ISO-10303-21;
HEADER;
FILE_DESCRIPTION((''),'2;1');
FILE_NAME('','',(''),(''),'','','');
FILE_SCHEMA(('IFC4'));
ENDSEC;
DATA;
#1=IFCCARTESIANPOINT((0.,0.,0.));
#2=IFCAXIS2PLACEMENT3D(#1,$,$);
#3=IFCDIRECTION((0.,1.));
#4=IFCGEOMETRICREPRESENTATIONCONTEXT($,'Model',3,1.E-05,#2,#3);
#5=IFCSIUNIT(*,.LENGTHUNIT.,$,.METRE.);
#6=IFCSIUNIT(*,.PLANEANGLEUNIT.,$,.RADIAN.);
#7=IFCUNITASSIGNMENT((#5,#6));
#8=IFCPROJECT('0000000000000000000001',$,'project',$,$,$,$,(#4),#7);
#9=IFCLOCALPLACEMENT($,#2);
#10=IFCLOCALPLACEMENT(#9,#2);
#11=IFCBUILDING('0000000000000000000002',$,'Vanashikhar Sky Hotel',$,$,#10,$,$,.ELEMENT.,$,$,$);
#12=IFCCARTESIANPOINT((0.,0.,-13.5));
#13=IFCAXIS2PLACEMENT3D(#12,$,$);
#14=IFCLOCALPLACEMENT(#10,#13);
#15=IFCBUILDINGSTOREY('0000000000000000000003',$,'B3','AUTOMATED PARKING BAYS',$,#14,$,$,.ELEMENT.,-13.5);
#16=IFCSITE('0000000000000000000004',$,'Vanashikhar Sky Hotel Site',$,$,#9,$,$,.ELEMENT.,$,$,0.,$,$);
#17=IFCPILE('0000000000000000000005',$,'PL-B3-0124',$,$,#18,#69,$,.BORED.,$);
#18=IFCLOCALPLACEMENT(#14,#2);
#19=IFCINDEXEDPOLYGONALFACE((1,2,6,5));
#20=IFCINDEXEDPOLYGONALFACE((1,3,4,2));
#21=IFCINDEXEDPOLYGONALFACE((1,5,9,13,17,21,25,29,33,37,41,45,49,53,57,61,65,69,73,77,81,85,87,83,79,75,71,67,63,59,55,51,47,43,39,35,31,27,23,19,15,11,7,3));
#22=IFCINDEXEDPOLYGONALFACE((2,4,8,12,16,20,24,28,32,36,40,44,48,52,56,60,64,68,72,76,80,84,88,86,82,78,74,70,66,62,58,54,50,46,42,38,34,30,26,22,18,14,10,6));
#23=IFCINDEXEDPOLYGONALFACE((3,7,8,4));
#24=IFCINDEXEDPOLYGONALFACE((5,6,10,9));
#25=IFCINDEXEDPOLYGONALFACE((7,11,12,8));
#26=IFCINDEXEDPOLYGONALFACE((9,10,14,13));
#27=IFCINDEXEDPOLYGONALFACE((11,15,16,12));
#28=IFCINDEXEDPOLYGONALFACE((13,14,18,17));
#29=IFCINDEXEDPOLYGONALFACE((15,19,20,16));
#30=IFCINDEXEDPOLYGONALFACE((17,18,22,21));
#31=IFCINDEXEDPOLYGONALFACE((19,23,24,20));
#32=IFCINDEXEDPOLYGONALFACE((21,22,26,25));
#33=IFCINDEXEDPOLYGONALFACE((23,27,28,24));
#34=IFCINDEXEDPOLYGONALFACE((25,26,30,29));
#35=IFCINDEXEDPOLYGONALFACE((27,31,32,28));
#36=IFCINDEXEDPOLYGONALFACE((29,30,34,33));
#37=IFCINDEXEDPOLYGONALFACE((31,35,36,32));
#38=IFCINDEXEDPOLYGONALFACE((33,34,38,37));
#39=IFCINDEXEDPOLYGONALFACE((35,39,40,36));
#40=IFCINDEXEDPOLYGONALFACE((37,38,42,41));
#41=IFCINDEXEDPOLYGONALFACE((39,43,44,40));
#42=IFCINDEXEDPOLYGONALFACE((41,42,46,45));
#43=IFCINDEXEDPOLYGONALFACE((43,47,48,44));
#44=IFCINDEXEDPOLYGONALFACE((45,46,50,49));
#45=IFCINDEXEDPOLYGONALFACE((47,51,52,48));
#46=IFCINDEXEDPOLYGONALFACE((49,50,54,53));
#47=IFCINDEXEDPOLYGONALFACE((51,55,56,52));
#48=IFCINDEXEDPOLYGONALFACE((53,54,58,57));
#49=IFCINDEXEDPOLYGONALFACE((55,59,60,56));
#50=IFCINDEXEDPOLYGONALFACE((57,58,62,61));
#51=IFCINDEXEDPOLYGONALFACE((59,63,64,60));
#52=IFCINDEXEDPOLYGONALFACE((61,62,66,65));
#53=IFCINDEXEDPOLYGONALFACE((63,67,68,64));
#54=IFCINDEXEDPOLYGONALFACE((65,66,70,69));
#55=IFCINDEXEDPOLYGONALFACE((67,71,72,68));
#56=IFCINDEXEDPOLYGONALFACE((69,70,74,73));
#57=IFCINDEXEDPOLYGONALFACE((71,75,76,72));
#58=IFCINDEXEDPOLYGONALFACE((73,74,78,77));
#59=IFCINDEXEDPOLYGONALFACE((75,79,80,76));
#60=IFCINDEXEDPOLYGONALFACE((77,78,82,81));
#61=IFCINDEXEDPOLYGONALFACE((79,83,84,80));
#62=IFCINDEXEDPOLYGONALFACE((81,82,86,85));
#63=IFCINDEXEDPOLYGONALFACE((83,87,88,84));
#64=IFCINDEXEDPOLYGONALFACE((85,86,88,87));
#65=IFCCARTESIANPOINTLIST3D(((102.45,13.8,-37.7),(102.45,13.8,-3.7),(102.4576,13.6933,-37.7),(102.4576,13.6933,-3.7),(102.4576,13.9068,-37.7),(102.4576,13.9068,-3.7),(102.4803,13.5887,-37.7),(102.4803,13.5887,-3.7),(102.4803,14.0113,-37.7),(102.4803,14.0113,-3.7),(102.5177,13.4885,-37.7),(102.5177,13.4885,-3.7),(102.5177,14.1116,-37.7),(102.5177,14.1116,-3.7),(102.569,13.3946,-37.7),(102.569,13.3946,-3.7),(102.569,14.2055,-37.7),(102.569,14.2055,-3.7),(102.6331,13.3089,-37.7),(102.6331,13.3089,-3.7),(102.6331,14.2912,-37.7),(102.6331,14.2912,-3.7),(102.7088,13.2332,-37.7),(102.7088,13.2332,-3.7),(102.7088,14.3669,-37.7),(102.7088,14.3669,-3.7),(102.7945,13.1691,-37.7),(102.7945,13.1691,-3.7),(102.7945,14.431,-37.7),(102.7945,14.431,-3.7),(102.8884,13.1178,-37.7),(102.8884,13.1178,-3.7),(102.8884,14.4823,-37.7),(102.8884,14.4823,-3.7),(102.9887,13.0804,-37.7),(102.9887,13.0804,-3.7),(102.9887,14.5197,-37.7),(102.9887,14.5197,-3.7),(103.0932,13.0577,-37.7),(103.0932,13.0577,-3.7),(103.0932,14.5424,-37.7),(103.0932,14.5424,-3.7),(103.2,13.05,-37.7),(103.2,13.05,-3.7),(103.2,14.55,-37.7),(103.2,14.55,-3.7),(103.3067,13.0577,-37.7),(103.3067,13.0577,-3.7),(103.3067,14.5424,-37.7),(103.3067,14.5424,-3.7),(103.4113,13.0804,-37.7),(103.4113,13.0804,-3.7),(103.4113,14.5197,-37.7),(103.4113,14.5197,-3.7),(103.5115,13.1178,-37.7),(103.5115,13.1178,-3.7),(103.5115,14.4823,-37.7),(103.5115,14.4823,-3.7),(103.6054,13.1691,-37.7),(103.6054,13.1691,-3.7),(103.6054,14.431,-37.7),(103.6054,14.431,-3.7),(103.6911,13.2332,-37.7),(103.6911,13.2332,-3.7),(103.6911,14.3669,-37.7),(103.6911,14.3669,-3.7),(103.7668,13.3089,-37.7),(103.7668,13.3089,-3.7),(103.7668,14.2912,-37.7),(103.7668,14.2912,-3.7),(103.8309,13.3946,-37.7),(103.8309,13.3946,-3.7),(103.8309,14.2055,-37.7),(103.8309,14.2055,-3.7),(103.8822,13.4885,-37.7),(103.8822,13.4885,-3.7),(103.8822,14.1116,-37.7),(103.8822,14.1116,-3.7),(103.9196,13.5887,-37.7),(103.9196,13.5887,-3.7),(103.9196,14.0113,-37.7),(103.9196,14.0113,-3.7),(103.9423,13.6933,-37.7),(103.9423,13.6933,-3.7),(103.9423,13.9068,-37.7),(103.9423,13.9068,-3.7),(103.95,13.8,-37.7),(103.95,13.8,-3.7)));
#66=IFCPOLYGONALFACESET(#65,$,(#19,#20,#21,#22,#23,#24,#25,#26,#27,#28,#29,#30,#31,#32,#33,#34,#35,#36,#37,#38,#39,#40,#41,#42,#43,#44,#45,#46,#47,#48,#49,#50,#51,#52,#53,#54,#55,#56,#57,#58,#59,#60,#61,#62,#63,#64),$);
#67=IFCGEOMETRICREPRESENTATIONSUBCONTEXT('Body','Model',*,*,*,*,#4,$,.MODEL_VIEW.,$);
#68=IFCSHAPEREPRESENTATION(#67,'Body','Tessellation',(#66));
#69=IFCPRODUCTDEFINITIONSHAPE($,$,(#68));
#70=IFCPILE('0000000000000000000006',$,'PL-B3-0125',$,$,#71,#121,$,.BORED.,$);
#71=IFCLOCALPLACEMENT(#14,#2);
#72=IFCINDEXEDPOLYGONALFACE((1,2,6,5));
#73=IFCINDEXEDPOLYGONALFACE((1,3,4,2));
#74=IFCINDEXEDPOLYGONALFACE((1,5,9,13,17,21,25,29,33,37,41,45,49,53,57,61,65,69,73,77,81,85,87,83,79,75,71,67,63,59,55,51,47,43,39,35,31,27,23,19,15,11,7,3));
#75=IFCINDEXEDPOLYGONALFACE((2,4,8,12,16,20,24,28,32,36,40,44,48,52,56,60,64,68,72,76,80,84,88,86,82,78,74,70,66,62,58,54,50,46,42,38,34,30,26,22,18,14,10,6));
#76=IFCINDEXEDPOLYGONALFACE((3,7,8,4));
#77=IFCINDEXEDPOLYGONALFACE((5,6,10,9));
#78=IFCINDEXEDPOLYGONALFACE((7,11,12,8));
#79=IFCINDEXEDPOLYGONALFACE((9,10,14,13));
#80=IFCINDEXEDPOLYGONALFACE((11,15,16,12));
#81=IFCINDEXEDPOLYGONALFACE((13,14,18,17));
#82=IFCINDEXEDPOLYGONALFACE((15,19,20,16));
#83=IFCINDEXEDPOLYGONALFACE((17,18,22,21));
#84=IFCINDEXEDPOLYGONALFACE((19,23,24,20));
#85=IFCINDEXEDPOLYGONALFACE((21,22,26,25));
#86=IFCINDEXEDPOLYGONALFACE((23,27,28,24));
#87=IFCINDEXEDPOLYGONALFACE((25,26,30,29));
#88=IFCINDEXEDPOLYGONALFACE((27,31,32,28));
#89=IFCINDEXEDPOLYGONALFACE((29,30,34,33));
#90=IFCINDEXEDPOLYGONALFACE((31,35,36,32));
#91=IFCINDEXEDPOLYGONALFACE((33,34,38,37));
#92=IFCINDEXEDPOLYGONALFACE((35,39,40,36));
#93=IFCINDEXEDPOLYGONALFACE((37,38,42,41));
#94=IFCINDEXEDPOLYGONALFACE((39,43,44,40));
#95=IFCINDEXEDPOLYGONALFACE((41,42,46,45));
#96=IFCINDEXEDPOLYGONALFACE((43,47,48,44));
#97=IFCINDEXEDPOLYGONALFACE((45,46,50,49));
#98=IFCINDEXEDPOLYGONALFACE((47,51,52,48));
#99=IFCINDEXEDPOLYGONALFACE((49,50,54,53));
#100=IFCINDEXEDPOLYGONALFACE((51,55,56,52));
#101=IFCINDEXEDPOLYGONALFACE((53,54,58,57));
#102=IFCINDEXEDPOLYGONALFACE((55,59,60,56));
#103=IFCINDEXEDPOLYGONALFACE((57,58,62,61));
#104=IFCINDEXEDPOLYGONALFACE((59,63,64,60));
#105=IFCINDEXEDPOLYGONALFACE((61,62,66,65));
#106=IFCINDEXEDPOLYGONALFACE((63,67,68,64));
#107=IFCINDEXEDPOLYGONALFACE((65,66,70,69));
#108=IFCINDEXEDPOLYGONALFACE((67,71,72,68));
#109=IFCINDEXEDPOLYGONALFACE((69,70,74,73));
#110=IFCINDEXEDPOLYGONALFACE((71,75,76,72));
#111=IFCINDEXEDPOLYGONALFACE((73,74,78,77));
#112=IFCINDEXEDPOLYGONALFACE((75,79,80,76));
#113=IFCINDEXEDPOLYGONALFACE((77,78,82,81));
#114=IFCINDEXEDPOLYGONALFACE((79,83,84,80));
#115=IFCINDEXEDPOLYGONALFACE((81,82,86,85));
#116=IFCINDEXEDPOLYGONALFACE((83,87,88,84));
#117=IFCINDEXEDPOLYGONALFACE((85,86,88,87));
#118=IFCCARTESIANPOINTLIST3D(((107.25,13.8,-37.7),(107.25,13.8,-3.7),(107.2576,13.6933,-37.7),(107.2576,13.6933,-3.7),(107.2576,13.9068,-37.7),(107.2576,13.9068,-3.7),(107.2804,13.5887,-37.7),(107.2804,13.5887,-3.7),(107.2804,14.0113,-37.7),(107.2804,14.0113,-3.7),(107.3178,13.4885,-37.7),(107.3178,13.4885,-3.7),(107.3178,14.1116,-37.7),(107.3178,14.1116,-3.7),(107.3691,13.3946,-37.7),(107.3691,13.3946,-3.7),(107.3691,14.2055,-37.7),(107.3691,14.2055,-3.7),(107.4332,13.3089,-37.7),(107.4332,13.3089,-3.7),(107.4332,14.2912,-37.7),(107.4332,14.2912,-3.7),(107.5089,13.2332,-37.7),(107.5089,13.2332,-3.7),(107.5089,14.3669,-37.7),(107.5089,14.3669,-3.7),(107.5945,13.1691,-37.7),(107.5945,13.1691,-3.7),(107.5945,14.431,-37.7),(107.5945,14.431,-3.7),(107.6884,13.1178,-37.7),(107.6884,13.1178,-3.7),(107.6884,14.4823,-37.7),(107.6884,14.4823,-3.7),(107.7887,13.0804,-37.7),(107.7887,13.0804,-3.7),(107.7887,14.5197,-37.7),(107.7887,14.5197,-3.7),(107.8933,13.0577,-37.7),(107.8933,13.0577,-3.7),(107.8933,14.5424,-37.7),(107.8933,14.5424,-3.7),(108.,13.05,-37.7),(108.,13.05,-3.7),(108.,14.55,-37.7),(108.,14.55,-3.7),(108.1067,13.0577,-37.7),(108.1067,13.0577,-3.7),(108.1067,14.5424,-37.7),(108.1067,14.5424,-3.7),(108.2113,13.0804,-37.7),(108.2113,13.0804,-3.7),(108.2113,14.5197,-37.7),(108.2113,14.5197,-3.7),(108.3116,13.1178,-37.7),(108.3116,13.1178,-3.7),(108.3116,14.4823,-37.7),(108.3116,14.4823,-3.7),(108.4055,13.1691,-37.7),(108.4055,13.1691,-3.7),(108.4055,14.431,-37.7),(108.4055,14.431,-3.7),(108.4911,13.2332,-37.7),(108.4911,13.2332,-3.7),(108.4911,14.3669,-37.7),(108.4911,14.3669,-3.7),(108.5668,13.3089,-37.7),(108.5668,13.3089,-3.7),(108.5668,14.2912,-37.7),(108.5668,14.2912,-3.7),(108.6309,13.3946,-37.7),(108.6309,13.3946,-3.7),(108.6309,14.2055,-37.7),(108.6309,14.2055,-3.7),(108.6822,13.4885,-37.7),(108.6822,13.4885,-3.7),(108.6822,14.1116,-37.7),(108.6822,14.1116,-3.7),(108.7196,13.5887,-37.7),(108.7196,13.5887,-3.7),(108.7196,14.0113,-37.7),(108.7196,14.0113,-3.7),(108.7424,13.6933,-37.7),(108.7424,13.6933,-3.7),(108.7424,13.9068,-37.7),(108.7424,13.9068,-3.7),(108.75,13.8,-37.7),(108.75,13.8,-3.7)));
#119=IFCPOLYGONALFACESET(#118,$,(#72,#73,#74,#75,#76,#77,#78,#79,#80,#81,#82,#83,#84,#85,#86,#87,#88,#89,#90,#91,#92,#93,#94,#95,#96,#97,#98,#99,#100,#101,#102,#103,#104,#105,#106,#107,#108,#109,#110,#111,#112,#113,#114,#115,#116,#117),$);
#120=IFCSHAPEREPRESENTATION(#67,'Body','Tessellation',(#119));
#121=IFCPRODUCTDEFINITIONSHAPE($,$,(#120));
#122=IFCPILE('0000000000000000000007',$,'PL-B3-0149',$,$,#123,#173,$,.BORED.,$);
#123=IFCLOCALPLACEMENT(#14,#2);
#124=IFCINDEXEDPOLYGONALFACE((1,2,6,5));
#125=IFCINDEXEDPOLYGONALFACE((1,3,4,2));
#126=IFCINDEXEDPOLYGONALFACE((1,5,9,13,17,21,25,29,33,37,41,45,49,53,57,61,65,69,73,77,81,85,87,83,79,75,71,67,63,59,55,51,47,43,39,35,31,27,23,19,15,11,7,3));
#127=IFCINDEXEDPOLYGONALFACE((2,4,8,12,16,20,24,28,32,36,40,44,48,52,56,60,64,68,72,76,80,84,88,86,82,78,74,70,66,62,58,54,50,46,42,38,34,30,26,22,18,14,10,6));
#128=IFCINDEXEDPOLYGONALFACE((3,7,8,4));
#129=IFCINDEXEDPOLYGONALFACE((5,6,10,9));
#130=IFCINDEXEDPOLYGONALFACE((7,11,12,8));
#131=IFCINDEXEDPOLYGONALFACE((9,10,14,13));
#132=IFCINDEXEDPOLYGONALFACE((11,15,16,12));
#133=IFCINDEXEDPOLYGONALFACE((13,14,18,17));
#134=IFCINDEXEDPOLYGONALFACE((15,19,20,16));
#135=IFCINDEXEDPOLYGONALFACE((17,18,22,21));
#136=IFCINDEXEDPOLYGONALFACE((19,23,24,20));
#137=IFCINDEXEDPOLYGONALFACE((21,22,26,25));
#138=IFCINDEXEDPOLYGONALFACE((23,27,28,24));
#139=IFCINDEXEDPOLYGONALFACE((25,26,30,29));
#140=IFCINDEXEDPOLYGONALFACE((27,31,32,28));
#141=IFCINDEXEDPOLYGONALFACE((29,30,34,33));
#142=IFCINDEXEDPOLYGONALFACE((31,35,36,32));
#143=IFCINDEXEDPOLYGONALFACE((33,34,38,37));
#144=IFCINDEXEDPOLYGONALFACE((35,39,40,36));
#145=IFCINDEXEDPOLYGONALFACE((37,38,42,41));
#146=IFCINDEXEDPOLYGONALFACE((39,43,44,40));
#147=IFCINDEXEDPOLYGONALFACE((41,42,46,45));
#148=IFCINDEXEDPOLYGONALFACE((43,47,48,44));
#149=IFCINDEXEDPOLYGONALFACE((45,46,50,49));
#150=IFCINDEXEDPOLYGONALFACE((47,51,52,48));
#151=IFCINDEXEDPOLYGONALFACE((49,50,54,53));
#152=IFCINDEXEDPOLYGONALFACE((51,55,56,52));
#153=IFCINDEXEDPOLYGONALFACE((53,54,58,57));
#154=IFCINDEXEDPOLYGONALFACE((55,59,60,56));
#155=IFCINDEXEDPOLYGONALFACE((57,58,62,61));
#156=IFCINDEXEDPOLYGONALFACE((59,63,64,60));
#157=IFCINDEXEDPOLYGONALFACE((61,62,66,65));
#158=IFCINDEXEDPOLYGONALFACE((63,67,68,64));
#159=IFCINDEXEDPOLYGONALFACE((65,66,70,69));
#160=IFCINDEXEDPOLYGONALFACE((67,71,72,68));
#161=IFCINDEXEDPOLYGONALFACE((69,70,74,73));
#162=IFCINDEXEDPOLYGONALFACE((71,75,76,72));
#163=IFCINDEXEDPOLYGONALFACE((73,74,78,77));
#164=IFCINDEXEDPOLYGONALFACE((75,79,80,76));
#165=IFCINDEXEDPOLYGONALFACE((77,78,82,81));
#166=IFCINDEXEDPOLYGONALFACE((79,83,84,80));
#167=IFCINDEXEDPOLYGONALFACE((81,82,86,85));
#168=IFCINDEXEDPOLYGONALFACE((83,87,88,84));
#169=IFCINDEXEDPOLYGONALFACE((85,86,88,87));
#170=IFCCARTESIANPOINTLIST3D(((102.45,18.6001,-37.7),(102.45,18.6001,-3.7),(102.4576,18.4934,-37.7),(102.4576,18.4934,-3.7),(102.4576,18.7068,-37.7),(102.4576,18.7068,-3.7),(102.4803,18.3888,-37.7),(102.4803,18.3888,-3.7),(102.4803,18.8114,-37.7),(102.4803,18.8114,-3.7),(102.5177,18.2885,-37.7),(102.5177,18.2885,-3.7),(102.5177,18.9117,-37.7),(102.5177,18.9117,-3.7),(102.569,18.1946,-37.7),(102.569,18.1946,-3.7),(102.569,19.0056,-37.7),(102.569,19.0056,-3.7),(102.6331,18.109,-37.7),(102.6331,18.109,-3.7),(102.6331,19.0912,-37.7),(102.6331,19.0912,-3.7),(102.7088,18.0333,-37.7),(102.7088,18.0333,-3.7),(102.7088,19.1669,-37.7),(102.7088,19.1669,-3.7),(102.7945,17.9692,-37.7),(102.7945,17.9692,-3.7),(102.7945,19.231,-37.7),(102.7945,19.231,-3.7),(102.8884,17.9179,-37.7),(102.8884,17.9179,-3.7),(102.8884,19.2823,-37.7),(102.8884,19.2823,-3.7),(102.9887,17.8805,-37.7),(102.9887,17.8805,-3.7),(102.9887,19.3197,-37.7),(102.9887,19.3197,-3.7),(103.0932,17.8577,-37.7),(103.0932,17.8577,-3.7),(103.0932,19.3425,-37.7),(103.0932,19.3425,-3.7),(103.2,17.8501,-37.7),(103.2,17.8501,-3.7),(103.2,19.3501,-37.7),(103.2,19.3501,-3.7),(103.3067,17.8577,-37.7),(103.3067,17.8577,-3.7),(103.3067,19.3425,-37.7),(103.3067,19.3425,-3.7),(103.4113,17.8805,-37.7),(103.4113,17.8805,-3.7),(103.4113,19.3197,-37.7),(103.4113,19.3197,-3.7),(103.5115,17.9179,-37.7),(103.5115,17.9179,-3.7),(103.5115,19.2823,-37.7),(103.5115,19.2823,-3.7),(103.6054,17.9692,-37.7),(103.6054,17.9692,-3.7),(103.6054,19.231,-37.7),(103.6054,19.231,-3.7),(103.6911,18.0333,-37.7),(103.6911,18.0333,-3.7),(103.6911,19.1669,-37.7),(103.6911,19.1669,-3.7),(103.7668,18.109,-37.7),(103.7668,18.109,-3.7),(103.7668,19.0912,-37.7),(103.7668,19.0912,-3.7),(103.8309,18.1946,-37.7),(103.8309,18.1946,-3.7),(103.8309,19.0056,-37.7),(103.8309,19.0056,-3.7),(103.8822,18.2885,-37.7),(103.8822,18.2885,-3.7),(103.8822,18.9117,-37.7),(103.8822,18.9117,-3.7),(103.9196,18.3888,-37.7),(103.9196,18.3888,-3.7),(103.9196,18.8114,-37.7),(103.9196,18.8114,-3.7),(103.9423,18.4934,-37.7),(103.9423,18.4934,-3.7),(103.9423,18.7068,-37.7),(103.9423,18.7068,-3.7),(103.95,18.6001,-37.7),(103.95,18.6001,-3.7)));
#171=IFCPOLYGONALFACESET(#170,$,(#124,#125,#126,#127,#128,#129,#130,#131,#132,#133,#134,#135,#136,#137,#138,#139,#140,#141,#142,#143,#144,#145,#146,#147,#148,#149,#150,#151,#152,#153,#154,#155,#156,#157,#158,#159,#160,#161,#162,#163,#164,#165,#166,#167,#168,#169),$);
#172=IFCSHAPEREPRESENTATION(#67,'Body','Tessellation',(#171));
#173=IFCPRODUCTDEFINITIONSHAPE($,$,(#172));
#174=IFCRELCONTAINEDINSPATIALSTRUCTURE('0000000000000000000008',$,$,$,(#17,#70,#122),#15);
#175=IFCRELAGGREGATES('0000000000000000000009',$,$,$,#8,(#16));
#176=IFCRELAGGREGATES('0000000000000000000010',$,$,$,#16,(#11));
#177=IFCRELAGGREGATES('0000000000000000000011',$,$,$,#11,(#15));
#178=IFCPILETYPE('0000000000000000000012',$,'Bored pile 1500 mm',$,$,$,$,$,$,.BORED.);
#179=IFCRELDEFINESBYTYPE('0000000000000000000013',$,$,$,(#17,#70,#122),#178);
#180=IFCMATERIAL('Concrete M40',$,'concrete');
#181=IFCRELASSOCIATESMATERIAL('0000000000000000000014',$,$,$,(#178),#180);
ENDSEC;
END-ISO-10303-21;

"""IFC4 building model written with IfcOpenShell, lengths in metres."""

from ifc_helpers import new_model, si_unit, direction, frame, origin, origin_2d, place, context, subcontext, project, spatial, circle, extrude, source, transform, mapped, material, type_object, element, save


model = new_model("IFC4")

# Units and contexts
model_context = context("Model", 3, precision=1e-05, world=origin(), true_north=direction((0.0, 1.0)))
body_context = subcontext(model_context, "Body", "Model", "MODEL_VIEW")
ifc_project = project(units=[si_unit("LENGTHUNIT", "METRE"), si_unit("PLANEANGLEUNIT", "RADIAN")], contexts=[model_context])

# Site, building, storey
site_placement = place(None, origin())
site = spatial("IfcSite", under=ifc_project, at=site_placement, Name="Vanashikhar Sky Hotel Site", CompositionType="ELEMENT", RefElevation=0.0)
building_placement = place(site_placement, origin())
building = spatial("IfcBuilding", under=site, at=building_placement, Name="Vanashikhar Sky Hotel", CompositionType="ELEMENT")
storey_placement = place(building_placement, frame((0.0, 0.0, -13.5)))
storey = spatial("IfcBuildingStorey", under=building, at=storey_placement, Name="B3", Description="AUTOMATED PARKING BAYS", CompositionType="ELEMENT", Elevation=-13.5)

# Piles
ifc_material_1 = material(Name="Concrete M40", Category="concrete")
pile_type_1 = type_object("IfcPileType", Name="Bored pile 1500 mm", PredefinedType="BORED", material=ifc_material_1)
shared_shape_1 = source(origin(), body_context, "Body", "SweptSolid", [
    extrude(circle(Radius=0.75, at=origin_2d()), origin(), (0.0, 0.0, 1.0), 34.0),
])
for number, where, z_axis, x_axis, name in (
    (1, (103.2, 13.8, -3.7), (0.0, 0.0, -1.0), (1.0, 0.0, 0.0), "PL-B3-0124"),
    (2, (108.0, 13.8, -3.7), (0.0, 0.0, -1.0), (1.0, 0.0, 0.0), "PL-B3-0125"),
    (3, (103.2, 18.6001, -3.7), (0.0, 0.0, -1.0), (1.0, 0.0, 0.0), "PL-B3-0149"),
):
    element("IfcPile", number, at=place(storey_placement, frame(where, z_axis=z_axis, x_axis=x_axis)), inside=storey, type_object=pile_type_1, Name=name, PredefinedType="BORED", context=body_context, shape_type="MappedRepresentation", body=[
        mapped(shared_shape_1, transform((0.0, 0.0, 0.0), scale=1.0)),
    ])

save(model, "model.ifc")
